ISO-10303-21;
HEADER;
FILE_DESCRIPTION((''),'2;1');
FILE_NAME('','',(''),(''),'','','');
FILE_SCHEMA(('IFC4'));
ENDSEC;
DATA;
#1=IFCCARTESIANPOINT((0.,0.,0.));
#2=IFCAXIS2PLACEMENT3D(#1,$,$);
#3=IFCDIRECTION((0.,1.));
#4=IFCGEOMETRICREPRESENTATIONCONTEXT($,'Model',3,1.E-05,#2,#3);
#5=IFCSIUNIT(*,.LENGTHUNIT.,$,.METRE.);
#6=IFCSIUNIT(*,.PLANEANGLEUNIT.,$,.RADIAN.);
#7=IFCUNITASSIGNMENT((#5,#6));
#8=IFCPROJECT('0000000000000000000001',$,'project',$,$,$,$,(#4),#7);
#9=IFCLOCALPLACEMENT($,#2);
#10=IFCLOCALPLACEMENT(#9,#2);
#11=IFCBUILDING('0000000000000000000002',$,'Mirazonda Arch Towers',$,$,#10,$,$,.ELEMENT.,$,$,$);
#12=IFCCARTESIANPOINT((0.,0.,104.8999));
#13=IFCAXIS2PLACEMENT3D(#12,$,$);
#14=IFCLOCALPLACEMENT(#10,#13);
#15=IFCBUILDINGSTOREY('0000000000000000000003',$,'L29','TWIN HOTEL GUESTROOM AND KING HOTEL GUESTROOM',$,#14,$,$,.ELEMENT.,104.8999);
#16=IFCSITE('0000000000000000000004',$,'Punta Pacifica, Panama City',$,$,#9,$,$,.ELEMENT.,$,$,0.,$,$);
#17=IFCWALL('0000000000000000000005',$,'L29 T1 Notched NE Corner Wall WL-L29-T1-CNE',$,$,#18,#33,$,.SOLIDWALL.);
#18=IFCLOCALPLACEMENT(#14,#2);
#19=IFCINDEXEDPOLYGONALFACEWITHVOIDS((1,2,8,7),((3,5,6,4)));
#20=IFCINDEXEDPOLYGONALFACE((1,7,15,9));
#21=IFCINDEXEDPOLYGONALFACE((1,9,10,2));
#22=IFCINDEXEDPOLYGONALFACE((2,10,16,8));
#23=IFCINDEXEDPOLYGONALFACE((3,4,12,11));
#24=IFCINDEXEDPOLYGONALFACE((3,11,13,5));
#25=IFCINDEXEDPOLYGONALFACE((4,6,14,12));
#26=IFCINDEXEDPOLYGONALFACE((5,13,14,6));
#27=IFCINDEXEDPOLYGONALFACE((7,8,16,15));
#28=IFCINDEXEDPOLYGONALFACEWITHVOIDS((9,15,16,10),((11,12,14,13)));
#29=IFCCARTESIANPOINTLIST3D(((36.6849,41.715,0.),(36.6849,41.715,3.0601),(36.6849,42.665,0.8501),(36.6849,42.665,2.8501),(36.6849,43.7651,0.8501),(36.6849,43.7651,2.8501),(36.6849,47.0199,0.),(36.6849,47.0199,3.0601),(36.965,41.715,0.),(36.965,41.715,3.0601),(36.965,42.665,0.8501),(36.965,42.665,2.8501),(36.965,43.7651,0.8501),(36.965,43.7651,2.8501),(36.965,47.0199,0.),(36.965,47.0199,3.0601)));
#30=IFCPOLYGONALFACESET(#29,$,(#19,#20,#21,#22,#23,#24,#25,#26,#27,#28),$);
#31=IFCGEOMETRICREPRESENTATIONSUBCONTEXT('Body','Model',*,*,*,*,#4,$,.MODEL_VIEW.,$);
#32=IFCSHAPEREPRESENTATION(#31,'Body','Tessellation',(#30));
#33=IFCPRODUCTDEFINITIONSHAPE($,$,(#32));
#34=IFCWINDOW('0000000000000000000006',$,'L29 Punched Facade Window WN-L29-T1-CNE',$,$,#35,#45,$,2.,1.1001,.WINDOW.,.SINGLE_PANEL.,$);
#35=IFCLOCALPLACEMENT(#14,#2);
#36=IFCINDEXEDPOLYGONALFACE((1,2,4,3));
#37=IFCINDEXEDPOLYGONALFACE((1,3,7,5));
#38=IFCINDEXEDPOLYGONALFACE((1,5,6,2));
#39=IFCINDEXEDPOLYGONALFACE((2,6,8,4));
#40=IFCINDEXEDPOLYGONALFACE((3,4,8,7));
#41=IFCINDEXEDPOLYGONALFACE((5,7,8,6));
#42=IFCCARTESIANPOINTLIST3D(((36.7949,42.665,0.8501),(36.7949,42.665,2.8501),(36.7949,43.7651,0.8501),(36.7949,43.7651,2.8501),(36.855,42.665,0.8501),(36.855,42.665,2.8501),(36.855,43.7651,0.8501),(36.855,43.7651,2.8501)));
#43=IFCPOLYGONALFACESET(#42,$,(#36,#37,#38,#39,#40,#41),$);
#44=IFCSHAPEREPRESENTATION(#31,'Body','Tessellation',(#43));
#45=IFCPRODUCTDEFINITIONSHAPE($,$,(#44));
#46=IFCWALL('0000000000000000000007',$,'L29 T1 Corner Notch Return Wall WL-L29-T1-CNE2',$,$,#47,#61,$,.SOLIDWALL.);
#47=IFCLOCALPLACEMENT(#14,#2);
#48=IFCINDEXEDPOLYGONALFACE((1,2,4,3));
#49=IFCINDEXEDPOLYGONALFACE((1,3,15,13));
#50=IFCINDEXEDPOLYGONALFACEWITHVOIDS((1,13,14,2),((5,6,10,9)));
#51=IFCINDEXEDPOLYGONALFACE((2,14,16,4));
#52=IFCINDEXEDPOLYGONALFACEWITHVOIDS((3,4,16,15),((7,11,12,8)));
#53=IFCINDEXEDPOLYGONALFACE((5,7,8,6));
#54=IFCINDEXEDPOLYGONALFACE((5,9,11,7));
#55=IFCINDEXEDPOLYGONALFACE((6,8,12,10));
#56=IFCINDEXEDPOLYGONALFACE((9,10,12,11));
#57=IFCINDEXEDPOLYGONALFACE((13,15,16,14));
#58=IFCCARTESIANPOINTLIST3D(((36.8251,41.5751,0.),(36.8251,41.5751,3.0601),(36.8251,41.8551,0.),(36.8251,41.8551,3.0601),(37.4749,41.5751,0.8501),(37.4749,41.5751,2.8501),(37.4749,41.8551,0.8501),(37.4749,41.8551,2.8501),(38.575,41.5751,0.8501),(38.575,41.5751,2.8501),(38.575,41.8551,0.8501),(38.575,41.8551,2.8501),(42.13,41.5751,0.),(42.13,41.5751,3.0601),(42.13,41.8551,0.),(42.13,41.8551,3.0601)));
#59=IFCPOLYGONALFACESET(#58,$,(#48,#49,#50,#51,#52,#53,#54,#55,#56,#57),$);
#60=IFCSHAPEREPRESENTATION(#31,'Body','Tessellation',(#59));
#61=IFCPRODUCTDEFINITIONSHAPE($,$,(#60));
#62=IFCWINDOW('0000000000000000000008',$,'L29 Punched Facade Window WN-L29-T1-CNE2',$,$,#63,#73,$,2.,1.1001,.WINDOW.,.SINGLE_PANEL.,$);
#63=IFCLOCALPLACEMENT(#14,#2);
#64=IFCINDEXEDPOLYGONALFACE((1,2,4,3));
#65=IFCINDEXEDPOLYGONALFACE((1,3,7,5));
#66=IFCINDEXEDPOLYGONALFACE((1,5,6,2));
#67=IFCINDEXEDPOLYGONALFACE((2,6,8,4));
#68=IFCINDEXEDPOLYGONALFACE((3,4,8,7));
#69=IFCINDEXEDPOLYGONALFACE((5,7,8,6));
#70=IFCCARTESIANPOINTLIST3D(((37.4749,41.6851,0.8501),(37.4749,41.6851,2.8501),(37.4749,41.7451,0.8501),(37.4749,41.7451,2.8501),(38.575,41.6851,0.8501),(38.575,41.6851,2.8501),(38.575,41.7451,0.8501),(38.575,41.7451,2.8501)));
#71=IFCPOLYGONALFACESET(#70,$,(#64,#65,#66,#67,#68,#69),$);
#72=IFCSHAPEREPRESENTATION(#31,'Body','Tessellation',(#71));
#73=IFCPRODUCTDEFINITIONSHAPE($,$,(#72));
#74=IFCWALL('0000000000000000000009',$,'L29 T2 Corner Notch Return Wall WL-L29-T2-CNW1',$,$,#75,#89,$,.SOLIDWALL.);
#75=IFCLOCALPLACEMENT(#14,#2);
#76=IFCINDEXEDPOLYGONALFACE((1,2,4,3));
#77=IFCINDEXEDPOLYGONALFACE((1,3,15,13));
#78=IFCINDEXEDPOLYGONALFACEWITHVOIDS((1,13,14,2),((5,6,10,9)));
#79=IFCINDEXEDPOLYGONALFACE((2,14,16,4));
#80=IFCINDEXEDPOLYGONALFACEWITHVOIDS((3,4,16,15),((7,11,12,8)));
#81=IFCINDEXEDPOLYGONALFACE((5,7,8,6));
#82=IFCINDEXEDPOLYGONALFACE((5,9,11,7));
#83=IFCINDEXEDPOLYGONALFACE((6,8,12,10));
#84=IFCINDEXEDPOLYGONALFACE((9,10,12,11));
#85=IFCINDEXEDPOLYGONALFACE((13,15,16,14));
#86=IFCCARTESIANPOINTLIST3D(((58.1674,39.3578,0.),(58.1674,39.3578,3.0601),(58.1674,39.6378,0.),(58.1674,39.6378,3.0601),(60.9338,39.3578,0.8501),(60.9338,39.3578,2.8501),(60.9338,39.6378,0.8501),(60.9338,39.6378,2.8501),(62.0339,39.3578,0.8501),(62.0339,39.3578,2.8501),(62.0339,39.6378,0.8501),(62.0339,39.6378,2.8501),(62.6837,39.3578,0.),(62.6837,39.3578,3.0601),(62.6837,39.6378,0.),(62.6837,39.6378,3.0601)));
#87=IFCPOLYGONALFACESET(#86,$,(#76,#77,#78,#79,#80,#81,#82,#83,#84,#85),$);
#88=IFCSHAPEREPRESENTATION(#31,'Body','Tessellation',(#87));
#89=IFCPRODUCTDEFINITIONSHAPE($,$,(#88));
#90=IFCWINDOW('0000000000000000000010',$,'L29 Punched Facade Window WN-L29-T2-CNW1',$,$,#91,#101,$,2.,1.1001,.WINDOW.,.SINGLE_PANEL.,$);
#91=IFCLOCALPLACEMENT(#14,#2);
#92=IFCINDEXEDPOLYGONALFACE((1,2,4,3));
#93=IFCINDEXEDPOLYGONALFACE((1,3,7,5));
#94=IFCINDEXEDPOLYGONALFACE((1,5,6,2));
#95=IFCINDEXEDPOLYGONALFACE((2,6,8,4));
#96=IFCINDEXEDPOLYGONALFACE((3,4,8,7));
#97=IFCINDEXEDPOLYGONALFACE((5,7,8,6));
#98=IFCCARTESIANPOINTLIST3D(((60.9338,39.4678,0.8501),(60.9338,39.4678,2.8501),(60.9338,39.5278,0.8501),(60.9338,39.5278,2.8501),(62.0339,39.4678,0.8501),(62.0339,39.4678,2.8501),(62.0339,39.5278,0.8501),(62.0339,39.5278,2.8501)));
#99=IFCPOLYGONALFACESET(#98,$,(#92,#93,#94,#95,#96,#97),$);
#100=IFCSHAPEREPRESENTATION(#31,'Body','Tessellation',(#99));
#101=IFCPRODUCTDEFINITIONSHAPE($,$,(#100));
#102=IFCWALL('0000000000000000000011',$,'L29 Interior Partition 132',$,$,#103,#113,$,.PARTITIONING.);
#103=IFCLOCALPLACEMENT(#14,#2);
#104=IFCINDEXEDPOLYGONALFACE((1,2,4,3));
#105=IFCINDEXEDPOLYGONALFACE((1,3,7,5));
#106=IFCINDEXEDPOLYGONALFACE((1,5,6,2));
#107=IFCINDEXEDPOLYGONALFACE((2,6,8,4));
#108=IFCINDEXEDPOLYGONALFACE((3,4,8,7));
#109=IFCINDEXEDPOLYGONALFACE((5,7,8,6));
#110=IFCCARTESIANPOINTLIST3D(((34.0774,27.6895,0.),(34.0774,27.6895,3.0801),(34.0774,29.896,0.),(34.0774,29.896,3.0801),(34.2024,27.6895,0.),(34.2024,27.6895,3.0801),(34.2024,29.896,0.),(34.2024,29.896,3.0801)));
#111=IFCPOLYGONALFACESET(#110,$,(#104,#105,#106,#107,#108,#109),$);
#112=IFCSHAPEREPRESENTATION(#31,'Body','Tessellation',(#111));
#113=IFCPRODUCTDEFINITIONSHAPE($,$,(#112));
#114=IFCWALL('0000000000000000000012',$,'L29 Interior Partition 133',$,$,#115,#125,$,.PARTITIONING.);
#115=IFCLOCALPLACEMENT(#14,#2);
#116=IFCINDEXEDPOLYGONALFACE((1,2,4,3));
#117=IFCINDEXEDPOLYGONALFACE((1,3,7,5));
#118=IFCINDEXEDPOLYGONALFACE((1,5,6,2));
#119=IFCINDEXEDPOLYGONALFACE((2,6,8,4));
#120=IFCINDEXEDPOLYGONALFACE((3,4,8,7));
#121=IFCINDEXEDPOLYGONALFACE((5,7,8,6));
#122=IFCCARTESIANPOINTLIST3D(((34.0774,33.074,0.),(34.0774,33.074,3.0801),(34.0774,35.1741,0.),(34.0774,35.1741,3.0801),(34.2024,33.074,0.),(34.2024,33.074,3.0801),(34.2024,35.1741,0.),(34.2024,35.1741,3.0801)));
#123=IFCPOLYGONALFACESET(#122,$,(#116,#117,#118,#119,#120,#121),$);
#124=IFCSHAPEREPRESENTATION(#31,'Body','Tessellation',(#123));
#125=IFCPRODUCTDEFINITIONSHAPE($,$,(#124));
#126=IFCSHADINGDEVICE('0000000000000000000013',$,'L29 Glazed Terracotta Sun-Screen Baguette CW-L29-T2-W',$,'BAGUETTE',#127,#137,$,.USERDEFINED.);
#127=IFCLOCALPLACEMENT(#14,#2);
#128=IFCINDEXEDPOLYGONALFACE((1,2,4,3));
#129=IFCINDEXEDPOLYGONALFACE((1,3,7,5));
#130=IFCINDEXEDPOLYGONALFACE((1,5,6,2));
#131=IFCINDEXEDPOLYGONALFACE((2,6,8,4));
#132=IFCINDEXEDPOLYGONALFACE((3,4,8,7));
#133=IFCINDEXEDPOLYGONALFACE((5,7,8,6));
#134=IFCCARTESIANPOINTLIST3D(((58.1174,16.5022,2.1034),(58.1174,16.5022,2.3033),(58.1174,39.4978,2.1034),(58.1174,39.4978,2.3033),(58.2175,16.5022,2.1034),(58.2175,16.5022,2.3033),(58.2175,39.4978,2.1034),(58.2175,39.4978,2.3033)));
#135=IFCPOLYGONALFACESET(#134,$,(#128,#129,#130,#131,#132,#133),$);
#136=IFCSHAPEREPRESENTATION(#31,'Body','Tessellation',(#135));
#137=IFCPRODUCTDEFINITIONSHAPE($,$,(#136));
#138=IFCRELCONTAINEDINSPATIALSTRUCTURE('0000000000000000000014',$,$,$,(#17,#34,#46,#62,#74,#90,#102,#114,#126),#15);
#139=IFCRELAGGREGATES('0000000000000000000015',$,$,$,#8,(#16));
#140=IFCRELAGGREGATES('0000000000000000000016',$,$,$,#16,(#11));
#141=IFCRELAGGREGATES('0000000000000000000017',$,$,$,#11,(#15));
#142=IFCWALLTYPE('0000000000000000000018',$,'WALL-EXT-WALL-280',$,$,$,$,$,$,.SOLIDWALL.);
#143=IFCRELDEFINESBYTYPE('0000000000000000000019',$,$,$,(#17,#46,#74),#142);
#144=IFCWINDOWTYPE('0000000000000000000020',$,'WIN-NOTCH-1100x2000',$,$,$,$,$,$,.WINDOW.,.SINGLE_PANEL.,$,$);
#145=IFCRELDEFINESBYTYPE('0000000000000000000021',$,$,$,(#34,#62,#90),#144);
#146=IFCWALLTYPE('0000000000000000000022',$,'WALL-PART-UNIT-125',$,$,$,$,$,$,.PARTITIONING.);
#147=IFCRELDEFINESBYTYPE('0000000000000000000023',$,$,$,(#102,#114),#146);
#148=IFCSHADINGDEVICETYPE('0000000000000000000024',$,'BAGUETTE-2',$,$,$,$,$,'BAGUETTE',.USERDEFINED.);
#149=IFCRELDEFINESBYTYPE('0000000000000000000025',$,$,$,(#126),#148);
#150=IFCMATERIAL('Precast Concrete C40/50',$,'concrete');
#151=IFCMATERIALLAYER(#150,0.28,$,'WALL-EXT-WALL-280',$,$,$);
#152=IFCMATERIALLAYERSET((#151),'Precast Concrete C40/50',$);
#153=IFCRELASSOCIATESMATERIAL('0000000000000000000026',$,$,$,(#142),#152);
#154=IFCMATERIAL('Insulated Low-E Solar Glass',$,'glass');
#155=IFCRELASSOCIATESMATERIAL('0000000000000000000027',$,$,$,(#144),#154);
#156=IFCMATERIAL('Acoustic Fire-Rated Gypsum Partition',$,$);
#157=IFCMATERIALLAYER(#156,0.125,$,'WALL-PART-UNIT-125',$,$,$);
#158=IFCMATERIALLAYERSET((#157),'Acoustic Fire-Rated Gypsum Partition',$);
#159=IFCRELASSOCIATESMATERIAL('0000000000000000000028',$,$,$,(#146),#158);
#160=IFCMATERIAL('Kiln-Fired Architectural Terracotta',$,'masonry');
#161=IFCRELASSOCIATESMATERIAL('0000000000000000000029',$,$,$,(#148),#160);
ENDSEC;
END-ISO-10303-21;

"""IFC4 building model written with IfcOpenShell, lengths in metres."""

from ifc_helpers import new_model, si_unit, direction, frame, frame_2d, origin, origin_2d, place, context, subcontext, project, spatial, rectangle, extrude, material, layer, layer_set, material_profile, profile_set, type_object, element, fill, save


model = new_model("IFC4")

# Units and contexts
model_context = context("Model", 3, precision=1e-05, world=origin(), true_north=direction((0.0, 1.0)))
body_context = subcontext(model_context, "Body", "Model", "MODEL_VIEW")
ifc_project = project(units=[si_unit("LENGTHUNIT", "METRE"), si_unit("PLANEANGLEUNIT", "RADIAN")], contexts=[model_context])

# Site, building, storey
site_placement = place(None, origin())
site = spatial("IfcSite", under=ifc_project, at=site_placement, Name="Punta Pacifica, Panama City", CompositionType="ELEMENT", RefElevation=0.0)
building_placement = place(site_placement, origin())
building = spatial("IfcBuilding", under=site, at=building_placement, Name="Mirazonda Arch Towers", CompositionType="ELEMENT")
storey_placement = place(building_placement, frame((0.0, 0.0, 104.8999)))
storey = spatial("IfcBuildingStorey", under=building, at=storey_placement, Name="L29", Description="TWIN HOTEL GUESTROOM AND KING HOTEL GUESTROOM", CompositionType="ELEMENT", Elevation=104.8999)

# Shared definitions
ifc_material_1 = material(Name="Insulated Low-E Solar Glass", Category="glass")

# Walls, openings, windows
ifc_material_2 = material(Name="Precast Concrete C40/50", Category="concrete")
ifc_layer_1 = layer(ifc_material_2, 0.28, Name="WALL-EXT-WALL-280")
ifc_layer_set_1 = layer_set([ifc_layer_1], Name="Precast Concrete C40/50")
wall_type_1 = type_object("IfcWallType", Name="WALL-EXT-WALL-280", PredefinedType="SOLIDWALL", material=ifc_layer_set_1)
wall_1_placement = place(storey_placement, frame((36.825, 41.7151, 0.0), z_axis=(0.0, 0.0, 1.0), x_axis=(0.0, 1.0, 0.0)))
wall_1 = element("IfcWall", 1, at=wall_1_placement, inside=storey, type_object=wall_type_1, Name="L29 T1 Notched NE Corner Wall WL-L29-T1-CNE", PredefinedType="SOLIDWALL", context=body_context, shape_type="SweptSolid", body=[
    extrude(rectangle(XDim=5.3049, YDim=0.28, at=frame_2d((2.6523, 0.0))), origin(), (0.0, 0.0, 1.0), 3.0601),
])
opening_1_placement = place(wall_1_placement, frame((0.95, 0.0, 0.8501)))
opening_1 = element("IfcOpeningElement", 2, at=opening_1_placement, cuts=wall_1, PredefinedType="OPENING", context=body_context, shape_type="SweptSolid", body=[
    extrude(rectangle(XDim=1.1001, YDim=2.0, at=frame_2d((0.55, 1.0))), frame((0.0, 0.1499, 0.0), z_axis=(0.0, -1.0, 0.0), x_axis=(1.0, 0.0, 0.0)), (0.0, 0.0, 1.0), 0.3),
])
window_type = type_object("IfcWindowType", Name="WIN-NOTCH-1100x2000", PartitioningType="SINGLE_PANEL", PredefinedType="WINDOW", material=ifc_material_1)
window_1_placement = place(opening_1_placement, origin())
window_1 = element("IfcWindow", 3, at=window_1_placement, inside=storey, type_object=window_type, Name="L29 Punched Facade Window WN-L29-T1-CNE", OverallHeight=2.0, OverallWidth=1.1001, PartitioningType="SINGLE_PANEL", PredefinedType="WINDOW", context=body_context, shape_type="SweptSolid", body=[
    extrude(rectangle(XDim=1.1001, YDim=2.0, at=frame_2d((0.55, 1.0))), frame((0.0, 0.03, 0.0), z_axis=(0.0, -1.0, 0.0), x_axis=(1.0, 0.0, 0.0)), (0.0, 0.0, 1.0), 0.0601),
])
fill(opening_1, window_1)
wall_2_placement = place(storey_placement, frame((42.1299, 41.7151, 0.0), z_axis=(0.0, 0.0, 1.0), x_axis=(-1.0, 0.0, 0.0)))
wall_2 = element("IfcWall", 4, at=wall_2_placement, inside=storey, type_object=wall_type_1, Name="L29 T1 Corner Notch Return Wall WL-L29-T1-CNE2", PredefinedType="SOLIDWALL", context=body_context, shape_type="SweptSolid", body=[
    extrude(rectangle(XDim=5.3049, YDim=0.28, at=frame_2d((2.6523, 0.0))), origin(), (0.0, 0.0, 1.0), 3.0601),
])
opening_2_placement = place(wall_2_placement, frame((3.5549, 0.0, 0.8501)))
opening_2 = element("IfcOpeningElement", 5, at=opening_2_placement, cuts=wall_2, PredefinedType="OPENING", context=body_context, shape_type="SweptSolid", body=[
    extrude(rectangle(XDim=1.1001, YDim=2.0, at=frame_2d((0.55, 1.0))), frame((0.0, 0.1499, 0.0), z_axis=(0.0, -1.0, 0.0), x_axis=(1.0, 0.0, 0.0)), (0.0, 0.0, 1.0), 0.3),
])
window_2_placement = place(opening_2_placement, origin())
window_2 = element("IfcWindow", 6, at=window_2_placement, inside=storey, type_object=window_type, Name="L29 Punched Facade Window WN-L29-T1-CNE2", OverallHeight=2.0, OverallWidth=1.1001, PartitioningType="SINGLE_PANEL", PredefinedType="WINDOW", context=body_context, shape_type="SweptSolid", body=[
    extrude(rectangle(XDim=1.1001, YDim=2.0, at=frame_2d((0.55, 1.0))), frame((0.0, 0.03, 0.0), z_axis=(0.0, -1.0, 0.0), x_axis=(1.0, 0.0, 0.0)), (0.0, 0.0, 1.0), 0.0601),
])
fill(opening_2, window_2)
wall_3_placement = place(storey_placement, frame((62.6838, 39.4978, 0.0), z_axis=(0.0, 0.0, 1.0), x_axis=(-1.0, 0.0, 0.0)))
wall_3 = element("IfcWall", 7, at=wall_3_placement, inside=storey, type_object=wall_type_1, Name="L29 T2 Corner Notch Return Wall WL-L29-T2-CNW1", PredefinedType="SOLIDWALL", context=body_context, shape_type="SweptSolid", body=[
    extrude(rectangle(XDim=4.5164, YDim=0.28, at=frame_2d((2.2583, 0.0))), origin(), (0.0, 0.0, 1.0), 3.0601),
])
opening_3_placement = place(wall_3_placement, frame((0.6499, 0.0, 0.8501)))
opening_3 = element("IfcOpeningElement", 8, at=opening_3_placement, cuts=wall_3, PredefinedType="OPENING", context=body_context, shape_type="SweptSolid", body=[
    extrude(rectangle(XDim=1.1001, YDim=2.0, at=frame_2d((0.55, 1.0))), frame((0.0, 0.1499, 0.0), z_axis=(0.0, -1.0, 0.0), x_axis=(1.0, 0.0, 0.0)), (0.0, 0.0, 1.0), 0.3),
])
window_3_placement = place(opening_3_placement, origin())
window_3 = element("IfcWindow", 9, at=window_3_placement, inside=storey, type_object=window_type, Name="L29 Punched Facade Window WN-L29-T2-CNW1", OverallHeight=2.0, OverallWidth=1.1001, PartitioningType="SINGLE_PANEL", PredefinedType="WINDOW", context=body_context, shape_type="SweptSolid", body=[
    extrude(rectangle(XDim=1.1001, YDim=2.0, at=frame_2d((0.55, 1.0))), frame((0.0, 0.03, 0.0), z_axis=(0.0, -1.0, 0.0), x_axis=(1.0, 0.0, 0.0)), (0.0, 0.0, 1.0), 0.0601),
])
fill(opening_3, window_3)

# Walls
ifc_material_3 = material(Name="Acoustic Fire-Rated Gypsum Partition")
ifc_layer_2 = layer(ifc_material_3, 0.125, Name="WALL-PART-UNIT-125")
ifc_layer_set_2 = layer_set([ifc_layer_2], Name="Acoustic Fire-Rated Gypsum Partition")
wall_type_2 = type_object("IfcWallType", Name="WALL-PART-UNIT-125", PredefinedType="PARTITIONING", material=ifc_layer_set_2)
wall_4_placement = place(storey_placement, frame((34.1399, 27.6895, 0.0), z_axis=(0.0, 0.0, 1.0), x_axis=(0.0, 1.0, 0.0)))
element("IfcWall", 10, at=wall_4_placement, inside=storey, type_object=wall_type_2, Name="L29 Interior Partition 132", PredefinedType="PARTITIONING", context=body_context, shape_type="SweptSolid", body=[
    extrude(rectangle(XDim=2.2065, YDim=0.125, at=frame_2d((1.1033, 0.0))), origin(), (0.0, 0.0, 1.0), 3.0801),
])
wall_5_placement = place(storey_placement, frame((34.1399, 33.074, 0.0), z_axis=(0.0, 0.0, 1.0), x_axis=(0.0, 1.0, 0.0)))
element("IfcWall", 11, at=wall_5_placement, inside=storey, type_object=wall_type_2, Name="L29 Interior Partition 133", PredefinedType="PARTITIONING", context=body_context, shape_type="SweptSolid", body=[
    extrude(rectangle(XDim=2.1001, YDim=0.125, at=frame_2d((1.05, 0.0))), origin(), (0.0, 0.0, 1.0), 3.0801),
])

# Shading device
ifc_material_4 = material(Name="Kiln-Fired Architectural Terracotta", Category="masonry")
ifc_material_profile_1 = material_profile(ifc_material_4, rectangle(XDim=0.1001, YDim=0.2, at=origin_2d()), Name="TERRA-BAG-100x200")
ifc_profile_set_1 = profile_set([ifc_material_profile_1], Name="Kiln-Fired Architectural Terracotta")
shading_device_type = type_object("IfcShadingDeviceType", Name="BAGUETTE-2", ElementType="BAGUETTE", PredefinedType="USERDEFINED", material=ifc_profile_set_1)
shading_device_placement = place(storey_placement, frame((58.1675, 39.4978, 2.2034), z_axis=(0.0, -1.0, 0.0), x_axis=(1.0, 0.0, 0.0)))
element("IfcShadingDevice", 12, at=shading_device_placement, inside=storey, type_object=shading_device_type, Name="L29 Glazed Terracotta Sun-Screen Baguette CW-L29-T2-W", ObjectType="BAGUETTE", PredefinedType="USERDEFINED", context=body_context, shape_type="SweptSolid", body=[
    extrude(rectangle(XDim=0.1001, YDim=0.2, at=origin_2d()), origin(), (0.0, 0.0, 1.0), 22.9956),
])

save(model, "model.ifc")
